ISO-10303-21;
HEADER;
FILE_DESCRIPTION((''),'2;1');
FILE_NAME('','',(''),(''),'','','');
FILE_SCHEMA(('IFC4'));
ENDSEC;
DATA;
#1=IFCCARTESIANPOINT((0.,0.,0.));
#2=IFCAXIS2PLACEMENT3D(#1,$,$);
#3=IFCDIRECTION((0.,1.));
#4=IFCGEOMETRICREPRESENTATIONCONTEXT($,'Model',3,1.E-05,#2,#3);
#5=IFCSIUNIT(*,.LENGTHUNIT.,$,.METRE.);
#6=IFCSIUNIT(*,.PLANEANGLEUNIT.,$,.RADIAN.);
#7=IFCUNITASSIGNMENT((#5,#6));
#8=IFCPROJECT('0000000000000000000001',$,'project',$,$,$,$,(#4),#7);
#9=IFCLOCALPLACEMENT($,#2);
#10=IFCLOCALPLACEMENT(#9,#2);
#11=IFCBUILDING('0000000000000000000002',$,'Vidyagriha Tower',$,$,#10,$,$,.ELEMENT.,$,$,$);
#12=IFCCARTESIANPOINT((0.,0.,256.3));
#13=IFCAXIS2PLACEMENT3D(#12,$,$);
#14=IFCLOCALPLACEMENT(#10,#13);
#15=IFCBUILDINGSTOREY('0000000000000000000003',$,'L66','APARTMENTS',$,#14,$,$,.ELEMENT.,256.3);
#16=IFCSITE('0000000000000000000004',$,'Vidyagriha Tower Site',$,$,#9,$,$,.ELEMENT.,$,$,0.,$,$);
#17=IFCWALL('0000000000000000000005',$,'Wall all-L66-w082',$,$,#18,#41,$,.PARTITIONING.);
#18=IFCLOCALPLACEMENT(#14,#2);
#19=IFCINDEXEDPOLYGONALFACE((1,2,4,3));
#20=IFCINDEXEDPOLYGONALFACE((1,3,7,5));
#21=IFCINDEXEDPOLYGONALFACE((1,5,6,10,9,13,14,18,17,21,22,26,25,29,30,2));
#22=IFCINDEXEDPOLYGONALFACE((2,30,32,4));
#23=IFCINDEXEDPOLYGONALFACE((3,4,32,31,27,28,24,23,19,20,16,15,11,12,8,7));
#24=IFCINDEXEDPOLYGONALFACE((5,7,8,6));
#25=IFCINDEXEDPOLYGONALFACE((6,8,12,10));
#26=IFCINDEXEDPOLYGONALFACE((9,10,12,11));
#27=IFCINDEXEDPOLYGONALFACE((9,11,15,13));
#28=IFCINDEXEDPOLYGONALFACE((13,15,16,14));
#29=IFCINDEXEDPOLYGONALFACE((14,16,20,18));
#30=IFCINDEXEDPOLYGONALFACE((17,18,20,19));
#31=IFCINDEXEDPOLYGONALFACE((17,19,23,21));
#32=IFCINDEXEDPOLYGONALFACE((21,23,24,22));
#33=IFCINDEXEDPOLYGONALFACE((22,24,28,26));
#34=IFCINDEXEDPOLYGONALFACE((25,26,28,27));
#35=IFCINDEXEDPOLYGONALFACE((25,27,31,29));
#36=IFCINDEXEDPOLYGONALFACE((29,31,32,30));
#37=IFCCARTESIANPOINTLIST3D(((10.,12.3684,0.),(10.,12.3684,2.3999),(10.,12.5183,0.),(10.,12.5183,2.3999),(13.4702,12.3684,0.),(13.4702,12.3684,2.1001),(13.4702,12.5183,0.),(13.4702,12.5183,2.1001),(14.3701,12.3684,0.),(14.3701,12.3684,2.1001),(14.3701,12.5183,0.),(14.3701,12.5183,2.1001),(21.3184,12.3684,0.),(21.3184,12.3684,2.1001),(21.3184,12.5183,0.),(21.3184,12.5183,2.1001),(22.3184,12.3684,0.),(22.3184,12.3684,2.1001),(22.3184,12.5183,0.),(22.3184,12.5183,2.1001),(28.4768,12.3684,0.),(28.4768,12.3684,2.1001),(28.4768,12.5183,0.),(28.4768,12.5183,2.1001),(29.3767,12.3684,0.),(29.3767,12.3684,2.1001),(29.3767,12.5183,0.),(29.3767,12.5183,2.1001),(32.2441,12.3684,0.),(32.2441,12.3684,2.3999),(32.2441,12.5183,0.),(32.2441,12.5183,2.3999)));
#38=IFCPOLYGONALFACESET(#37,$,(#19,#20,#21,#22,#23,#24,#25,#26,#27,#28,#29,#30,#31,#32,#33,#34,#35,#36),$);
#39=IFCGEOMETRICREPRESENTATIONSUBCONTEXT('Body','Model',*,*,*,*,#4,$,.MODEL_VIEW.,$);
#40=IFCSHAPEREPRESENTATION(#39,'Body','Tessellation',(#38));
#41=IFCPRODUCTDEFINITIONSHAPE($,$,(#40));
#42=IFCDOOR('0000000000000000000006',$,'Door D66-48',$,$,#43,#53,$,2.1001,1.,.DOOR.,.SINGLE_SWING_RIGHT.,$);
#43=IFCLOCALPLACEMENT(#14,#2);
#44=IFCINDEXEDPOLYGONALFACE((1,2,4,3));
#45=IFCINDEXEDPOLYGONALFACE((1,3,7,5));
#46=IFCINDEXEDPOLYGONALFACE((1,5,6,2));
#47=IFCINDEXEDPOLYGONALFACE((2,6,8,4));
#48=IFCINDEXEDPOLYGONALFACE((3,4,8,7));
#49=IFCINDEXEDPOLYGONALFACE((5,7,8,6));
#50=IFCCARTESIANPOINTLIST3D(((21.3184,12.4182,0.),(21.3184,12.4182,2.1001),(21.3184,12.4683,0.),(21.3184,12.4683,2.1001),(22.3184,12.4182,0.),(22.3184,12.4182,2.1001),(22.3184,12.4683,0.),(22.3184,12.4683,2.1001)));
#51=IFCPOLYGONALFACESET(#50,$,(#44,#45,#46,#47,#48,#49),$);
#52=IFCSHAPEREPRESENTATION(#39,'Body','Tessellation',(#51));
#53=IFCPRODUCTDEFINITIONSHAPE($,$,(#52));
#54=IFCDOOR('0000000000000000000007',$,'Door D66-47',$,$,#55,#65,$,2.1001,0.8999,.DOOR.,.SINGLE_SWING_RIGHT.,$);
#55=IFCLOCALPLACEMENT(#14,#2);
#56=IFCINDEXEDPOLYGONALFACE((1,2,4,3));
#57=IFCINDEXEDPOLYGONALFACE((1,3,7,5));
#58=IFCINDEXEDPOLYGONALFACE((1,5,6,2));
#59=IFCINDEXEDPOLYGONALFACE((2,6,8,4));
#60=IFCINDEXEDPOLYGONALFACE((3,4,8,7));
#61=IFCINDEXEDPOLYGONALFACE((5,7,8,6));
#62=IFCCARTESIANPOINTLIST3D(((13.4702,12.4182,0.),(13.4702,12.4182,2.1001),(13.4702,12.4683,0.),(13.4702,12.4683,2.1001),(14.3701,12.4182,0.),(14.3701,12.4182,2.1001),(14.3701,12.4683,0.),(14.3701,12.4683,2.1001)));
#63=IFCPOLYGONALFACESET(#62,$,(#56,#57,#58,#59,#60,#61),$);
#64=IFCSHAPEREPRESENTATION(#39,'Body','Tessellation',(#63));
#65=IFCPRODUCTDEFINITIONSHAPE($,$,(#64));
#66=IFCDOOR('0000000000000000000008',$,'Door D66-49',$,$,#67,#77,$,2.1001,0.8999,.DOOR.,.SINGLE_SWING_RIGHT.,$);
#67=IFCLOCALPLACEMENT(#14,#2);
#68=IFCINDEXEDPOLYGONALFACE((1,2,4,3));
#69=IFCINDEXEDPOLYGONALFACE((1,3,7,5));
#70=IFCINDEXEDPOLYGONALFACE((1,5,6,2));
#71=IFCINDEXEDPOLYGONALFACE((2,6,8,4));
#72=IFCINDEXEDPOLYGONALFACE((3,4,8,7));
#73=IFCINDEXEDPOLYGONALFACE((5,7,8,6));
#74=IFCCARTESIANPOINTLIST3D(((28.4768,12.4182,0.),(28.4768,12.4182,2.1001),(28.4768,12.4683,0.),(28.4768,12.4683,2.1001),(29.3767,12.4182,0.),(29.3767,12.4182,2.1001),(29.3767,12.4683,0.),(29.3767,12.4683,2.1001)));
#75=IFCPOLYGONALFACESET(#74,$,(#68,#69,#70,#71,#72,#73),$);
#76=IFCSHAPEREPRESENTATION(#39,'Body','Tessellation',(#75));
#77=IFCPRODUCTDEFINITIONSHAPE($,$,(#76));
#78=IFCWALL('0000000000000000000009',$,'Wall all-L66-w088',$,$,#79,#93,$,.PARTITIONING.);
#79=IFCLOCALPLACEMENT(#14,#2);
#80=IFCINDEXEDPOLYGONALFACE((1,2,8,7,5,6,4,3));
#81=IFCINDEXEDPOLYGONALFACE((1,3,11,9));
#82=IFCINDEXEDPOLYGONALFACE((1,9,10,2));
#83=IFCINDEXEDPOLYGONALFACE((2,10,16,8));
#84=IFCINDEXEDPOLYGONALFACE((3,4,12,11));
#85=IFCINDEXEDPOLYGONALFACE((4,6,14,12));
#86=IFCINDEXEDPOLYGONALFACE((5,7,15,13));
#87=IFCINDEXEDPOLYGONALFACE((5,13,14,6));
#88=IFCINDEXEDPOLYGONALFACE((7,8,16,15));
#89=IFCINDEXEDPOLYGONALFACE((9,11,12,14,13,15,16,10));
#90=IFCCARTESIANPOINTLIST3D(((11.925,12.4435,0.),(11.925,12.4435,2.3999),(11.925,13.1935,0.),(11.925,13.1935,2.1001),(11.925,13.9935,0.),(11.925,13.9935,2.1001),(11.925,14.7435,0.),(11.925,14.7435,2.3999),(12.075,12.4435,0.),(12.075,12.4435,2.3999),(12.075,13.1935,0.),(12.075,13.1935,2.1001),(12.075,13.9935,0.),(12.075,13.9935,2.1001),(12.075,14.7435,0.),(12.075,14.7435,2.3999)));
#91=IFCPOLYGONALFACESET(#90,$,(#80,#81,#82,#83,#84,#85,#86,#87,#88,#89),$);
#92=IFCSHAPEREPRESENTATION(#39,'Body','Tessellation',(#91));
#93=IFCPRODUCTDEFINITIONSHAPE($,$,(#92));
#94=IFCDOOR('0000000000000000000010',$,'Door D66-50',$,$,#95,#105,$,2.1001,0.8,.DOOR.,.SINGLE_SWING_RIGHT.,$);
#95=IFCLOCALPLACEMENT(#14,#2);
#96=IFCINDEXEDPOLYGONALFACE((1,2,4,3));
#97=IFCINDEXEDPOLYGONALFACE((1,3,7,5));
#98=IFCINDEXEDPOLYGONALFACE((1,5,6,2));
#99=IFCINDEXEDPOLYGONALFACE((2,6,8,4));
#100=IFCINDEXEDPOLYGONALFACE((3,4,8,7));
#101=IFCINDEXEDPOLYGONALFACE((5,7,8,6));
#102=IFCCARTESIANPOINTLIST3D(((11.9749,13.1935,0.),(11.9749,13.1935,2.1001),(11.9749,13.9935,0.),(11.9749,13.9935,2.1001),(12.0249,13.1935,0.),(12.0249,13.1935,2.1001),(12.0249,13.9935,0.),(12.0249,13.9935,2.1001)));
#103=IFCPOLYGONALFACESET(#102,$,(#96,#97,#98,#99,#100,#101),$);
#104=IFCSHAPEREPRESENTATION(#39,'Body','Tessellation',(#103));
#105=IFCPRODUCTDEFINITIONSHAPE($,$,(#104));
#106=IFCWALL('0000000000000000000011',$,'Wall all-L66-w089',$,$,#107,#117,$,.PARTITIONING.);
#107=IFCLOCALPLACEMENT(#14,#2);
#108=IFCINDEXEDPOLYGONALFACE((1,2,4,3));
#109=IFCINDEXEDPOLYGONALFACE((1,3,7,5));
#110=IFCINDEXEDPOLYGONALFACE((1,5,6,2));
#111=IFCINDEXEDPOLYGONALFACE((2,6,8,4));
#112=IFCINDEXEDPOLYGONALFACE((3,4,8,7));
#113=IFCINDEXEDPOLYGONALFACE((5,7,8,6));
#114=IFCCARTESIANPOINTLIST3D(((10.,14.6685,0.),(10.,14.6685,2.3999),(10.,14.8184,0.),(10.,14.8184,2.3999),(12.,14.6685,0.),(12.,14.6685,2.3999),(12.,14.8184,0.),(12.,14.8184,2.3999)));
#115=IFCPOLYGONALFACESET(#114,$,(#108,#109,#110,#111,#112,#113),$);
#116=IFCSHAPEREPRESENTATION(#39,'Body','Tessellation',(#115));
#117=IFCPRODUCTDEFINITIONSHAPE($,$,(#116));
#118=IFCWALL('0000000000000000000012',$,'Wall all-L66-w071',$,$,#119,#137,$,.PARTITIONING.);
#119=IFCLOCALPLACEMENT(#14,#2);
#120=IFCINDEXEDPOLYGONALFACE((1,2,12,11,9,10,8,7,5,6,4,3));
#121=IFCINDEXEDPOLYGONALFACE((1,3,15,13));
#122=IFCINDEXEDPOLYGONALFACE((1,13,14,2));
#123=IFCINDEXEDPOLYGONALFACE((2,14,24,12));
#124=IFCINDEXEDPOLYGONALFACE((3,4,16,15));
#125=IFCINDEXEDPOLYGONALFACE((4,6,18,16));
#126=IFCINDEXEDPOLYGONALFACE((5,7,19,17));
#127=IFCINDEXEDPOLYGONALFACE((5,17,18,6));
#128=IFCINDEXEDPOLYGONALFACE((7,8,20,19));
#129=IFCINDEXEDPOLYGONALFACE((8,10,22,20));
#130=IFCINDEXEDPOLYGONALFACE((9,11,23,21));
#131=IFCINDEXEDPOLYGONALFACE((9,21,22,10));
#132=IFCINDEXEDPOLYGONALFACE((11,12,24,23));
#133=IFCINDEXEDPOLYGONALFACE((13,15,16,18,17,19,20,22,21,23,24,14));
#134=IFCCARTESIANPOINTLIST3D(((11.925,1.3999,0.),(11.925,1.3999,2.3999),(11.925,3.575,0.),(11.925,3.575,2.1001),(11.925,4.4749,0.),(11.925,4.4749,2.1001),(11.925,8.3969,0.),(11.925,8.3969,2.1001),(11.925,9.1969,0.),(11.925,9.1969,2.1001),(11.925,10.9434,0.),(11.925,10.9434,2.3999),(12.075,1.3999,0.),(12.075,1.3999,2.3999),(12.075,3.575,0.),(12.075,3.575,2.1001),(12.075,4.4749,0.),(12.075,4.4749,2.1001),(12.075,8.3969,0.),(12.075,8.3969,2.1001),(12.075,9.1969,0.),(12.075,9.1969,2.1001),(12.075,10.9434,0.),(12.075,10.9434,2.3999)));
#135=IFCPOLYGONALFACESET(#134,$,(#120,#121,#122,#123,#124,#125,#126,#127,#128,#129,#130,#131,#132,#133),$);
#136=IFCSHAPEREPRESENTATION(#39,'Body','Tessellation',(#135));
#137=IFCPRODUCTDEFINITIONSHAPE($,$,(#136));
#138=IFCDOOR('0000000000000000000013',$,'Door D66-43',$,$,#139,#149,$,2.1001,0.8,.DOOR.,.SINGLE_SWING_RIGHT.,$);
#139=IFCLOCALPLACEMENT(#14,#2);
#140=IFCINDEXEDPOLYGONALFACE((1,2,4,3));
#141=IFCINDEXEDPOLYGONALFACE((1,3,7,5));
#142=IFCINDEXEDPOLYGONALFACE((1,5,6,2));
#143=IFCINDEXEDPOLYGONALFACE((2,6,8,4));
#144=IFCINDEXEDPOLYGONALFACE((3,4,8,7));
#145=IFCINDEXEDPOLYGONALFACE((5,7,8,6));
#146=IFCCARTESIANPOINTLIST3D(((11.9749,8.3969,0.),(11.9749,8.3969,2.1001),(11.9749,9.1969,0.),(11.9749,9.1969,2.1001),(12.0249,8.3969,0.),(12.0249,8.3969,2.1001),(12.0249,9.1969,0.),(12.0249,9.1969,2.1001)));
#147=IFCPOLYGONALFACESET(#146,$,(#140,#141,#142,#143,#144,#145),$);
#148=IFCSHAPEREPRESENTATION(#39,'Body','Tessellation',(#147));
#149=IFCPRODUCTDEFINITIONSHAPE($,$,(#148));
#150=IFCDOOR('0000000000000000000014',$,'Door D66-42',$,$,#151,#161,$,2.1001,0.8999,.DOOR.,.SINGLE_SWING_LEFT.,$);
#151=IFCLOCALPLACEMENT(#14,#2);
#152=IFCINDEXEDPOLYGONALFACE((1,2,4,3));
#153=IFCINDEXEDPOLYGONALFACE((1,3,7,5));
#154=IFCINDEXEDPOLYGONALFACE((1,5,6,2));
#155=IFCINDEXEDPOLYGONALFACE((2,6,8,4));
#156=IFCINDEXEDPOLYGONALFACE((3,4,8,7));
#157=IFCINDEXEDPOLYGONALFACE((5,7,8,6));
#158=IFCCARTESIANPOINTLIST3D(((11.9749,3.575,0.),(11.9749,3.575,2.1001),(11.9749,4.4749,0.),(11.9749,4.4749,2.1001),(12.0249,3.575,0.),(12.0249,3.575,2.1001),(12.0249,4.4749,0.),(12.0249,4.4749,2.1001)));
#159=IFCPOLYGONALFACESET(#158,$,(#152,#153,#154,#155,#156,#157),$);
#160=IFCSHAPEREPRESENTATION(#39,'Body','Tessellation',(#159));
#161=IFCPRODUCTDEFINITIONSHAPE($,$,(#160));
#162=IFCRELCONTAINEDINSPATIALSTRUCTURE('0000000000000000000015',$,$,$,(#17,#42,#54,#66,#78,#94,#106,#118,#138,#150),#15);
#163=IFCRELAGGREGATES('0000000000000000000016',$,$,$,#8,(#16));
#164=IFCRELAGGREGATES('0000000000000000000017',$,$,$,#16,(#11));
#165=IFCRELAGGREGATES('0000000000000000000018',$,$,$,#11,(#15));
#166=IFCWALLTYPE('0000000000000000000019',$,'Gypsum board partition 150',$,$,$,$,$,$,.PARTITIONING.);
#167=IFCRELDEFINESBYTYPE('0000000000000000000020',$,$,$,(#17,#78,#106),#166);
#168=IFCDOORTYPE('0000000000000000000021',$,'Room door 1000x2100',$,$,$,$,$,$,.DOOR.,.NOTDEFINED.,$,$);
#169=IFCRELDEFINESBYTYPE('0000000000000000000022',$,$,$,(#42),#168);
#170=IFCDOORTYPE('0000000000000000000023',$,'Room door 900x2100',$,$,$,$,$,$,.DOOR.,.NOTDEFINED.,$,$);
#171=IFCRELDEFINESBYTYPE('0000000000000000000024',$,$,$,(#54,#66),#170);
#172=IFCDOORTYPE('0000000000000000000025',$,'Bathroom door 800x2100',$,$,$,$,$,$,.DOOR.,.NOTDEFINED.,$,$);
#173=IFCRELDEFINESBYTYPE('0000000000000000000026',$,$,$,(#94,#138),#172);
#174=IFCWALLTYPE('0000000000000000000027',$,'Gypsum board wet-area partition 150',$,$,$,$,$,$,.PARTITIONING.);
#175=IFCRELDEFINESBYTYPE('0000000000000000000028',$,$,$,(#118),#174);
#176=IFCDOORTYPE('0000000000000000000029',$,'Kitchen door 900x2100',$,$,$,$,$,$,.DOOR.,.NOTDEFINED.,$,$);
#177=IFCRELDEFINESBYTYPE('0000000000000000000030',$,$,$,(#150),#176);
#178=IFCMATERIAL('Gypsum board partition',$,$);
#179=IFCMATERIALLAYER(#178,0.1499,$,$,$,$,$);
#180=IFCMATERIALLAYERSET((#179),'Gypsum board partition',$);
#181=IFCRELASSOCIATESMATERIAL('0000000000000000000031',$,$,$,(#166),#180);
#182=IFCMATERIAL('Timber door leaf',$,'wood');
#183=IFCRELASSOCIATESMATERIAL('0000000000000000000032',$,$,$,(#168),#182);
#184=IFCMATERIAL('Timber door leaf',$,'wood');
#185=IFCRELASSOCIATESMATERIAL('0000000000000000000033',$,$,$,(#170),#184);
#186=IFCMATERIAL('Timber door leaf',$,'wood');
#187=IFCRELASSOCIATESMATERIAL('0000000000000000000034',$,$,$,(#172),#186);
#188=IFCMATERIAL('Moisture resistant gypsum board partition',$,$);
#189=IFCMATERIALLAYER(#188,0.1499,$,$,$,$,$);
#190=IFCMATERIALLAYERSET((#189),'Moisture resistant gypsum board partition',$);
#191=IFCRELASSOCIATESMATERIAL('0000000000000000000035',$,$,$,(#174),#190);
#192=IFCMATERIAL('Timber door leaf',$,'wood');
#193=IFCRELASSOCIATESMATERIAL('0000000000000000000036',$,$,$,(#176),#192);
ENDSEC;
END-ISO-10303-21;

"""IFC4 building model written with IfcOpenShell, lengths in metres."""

from ifc_helpers import new_model, si_unit, direction, frame, frame_2d, origin, place, context, subcontext, project, spatial, rectangle, extrude, material, layer, layer_set, type_object, element, fill, save


model = new_model("IFC4")

# Units and contexts
model_context = context("Model", 3, precision=1e-05, world=origin(), true_north=direction((0.0, 1.0)))
body_context = subcontext(model_context, "Body", "Model", "MODEL_VIEW")
ifc_project = project(units=[si_unit("LENGTHUNIT", "METRE"), si_unit("PLANEANGLEUNIT", "RADIAN")], contexts=[model_context])

# Site, building, storey
site_placement = place(None, origin())
site = spatial("IfcSite", under=ifc_project, at=site_placement, Name="Vidyagriha Tower Site", CompositionType="ELEMENT", RefElevation=0.0)
building_placement = place(site_placement, origin())
building = spatial("IfcBuilding", under=site, at=building_placement, Name="Vidyagriha Tower", CompositionType="ELEMENT")
storey_placement = place(building_placement, frame((0.0, 0.0, 256.3)))
storey = spatial("IfcBuildingStorey", under=building, at=storey_placement, Name="L66", Description="APARTMENTS", CompositionType="ELEMENT", Elevation=256.3)

# Shared definitions
ifc_material_1 = material(Name="Gypsum board partition")
ifc_layer_1 = layer(ifc_material_1, 0.1499)
ifc_layer_set_1 = layer_set([ifc_layer_1], Name="Gypsum board partition")
wall_type_1 = type_object("IfcWallType", Name="Gypsum board partition 150", PredefinedType="PARTITIONING", material=ifc_layer_set_1)

# Wall, openings, doors
wall_1_placement = place(storey_placement, frame((10.0, 12.4434, 0.0)))
wall_1 = element("IfcWall", 1, at=wall_1_placement, inside=storey, type_object=wall_type_1, Name="Wall all-L66-w082", PredefinedType="PARTITIONING", context=body_context, shape_type="SweptSolid", body=[
    extrude(rectangle(XDim=22.2441, YDim=0.1499, at=frame_2d((11.1221, 0.0))), origin(), (0.0, 0.0, 1.0), 2.3999),
])
opening_1_placement = place(wall_1_placement, frame((3.4702, 0.0, 0.0)))
opening_1 = element("IfcOpeningElement", 2, at=opening_1_placement, cuts=wall_1, PredefinedType="OPENING", context=body_context, shape_type="SweptSolid", body=[
    extrude(rectangle(XDim=0.8999, YDim=2.1001, at=frame_2d((0.45, 1.05))), frame((0.0, 0.085, 0.0), z_axis=(0.0, -1.0, 0.0), x_axis=(1.0, 0.0, 0.0)), (0.0, 0.0, 1.0), 0.1699),
])
opening_2_placement = place(wall_1_placement, frame((11.3184, 0.0, 0.0)))
opening_2 = element("IfcOpeningElement", 3, at=opening_2_placement, cuts=wall_1, PredefinedType="OPENING", context=body_context, shape_type="SweptSolid", body=[
    extrude(rectangle(XDim=1.0, YDim=2.1001, at=frame_2d((0.5, 1.05))), frame((0.0, 0.085, 0.0), z_axis=(0.0, -1.0, 0.0), x_axis=(1.0, 0.0, 0.0)), (0.0, 0.0, 1.0), 0.1699),
])
opening_3_placement = place(wall_1_placement, frame((18.4768, 0.0, 0.0)))
opening_3 = element("IfcOpeningElement", 4, at=opening_3_placement, cuts=wall_1, PredefinedType="OPENING", context=body_context, shape_type="SweptSolid", body=[
    extrude(rectangle(XDim=0.8999, YDim=2.1001, at=frame_2d((0.45, 1.05))), frame((0.0, 0.085, 0.0), z_axis=(0.0, -1.0, 0.0), x_axis=(1.0, 0.0, 0.0)), (0.0, 0.0, 1.0), 0.1699),
])
ifc_material_2 = material(Name="Timber door leaf", Category="wood")
door_type_1 = type_object("IfcDoorType", Name="Room door 1000x2100", OperationType="NOTDEFINED", PredefinedType="DOOR", material=ifc_material_2)
door_1_placement = place(opening_2_placement, origin())
door_1 = element("IfcDoor", 5, at=door_1_placement, inside=storey, type_object=door_type_1, Name="Door D66-48", OperationType="SINGLE_SWING_RIGHT", OverallHeight=2.1001, OverallWidth=1.0, PredefinedType="DOOR", context=body_context, shape_type="SweptSolid", body=[
    extrude(rectangle(XDim=1.0, YDim=2.1001, at=frame_2d((0.5, 1.05))), frame((0.0, 0.0249, 0.0), z_axis=(0.0, -1.0, 0.0), x_axis=(1.0, 0.0, 0.0)), (0.0, 0.0, 1.0), 0.05),
])
fill(opening_2, door_1)
ifc_material_3 = material(Name="Timber door leaf", Category="wood")
door_type_2 = type_object("IfcDoorType", Name="Room door 900x2100", OperationType="NOTDEFINED", PredefinedType="DOOR", material=ifc_material_3)
door_2_placement = place(opening_1_placement, origin())
door_2 = element("IfcDoor", 6, at=door_2_placement, inside=storey, type_object=door_type_2, Name="Door D66-47", OperationType="SINGLE_SWING_RIGHT", OverallHeight=2.1001, OverallWidth=0.8999, PredefinedType="DOOR", context=body_context, shape_type="SweptSolid", body=[
    extrude(rectangle(XDim=0.8999, YDim=2.1001, at=frame_2d((0.45, 1.05))), frame((0.0, 0.0249, 0.0), z_axis=(0.0, -1.0, 0.0), x_axis=(1.0, 0.0, 0.0)), (0.0, 0.0, 1.0), 0.05),
])
fill(opening_1, door_2)
door_3_placement = place(opening_3_placement, origin())
door_3 = element("IfcDoor", 7, at=door_3_placement, inside=storey, type_object=door_type_2, Name="Door D66-49", OperationType="SINGLE_SWING_RIGHT", OverallHeight=2.1001, OverallWidth=0.8999, PredefinedType="DOOR", context=body_context, shape_type="SweptSolid", body=[
    extrude(rectangle(XDim=0.8999, YDim=2.1001, at=frame_2d((0.45, 1.05))), frame((0.0, 0.0249, 0.0), z_axis=(0.0, -1.0, 0.0), x_axis=(1.0, 0.0, 0.0)), (0.0, 0.0, 1.0), 0.05),
])
fill(opening_3, door_3)

# Wall, opening, door
wall_2_placement = place(storey_placement, frame((12.0, 14.7434, 0.0), z_axis=(0.0, 0.0, 1.0), x_axis=(0.0, -1.0, 0.0)))
wall_2 = element("IfcWall", 8, at=wall_2_placement, inside=storey, type_object=wall_type_1, Name="Wall all-L66-w088", PredefinedType="PARTITIONING", context=body_context, shape_type="SweptSolid", body=[
    extrude(rectangle(XDim=2.3, YDim=0.1499, at=frame_2d((1.1499, 0.0))), origin(), (0.0, 0.0, 1.0), 2.3999),
])
opening_4_placement = place(wall_2_placement, frame((0.75, 0.0, 0.0)))
opening_4 = element("IfcOpeningElement", 9, at=opening_4_placement, cuts=wall_2, PredefinedType="OPENING", context=body_context, shape_type="SweptSolid", body=[
    extrude(rectangle(XDim=0.8, YDim=2.1001, at=frame_2d((0.3999, 1.05))), frame((0.0, 0.085, 0.0), z_axis=(0.0, -1.0, 0.0), x_axis=(1.0, 0.0, 0.0)), (0.0, 0.0, 1.0), 0.1699),
])
ifc_material_4 = material(Name="Timber door leaf", Category="wood")
door_type_3 = type_object("IfcDoorType", Name="Bathroom door 800x2100", OperationType="NOTDEFINED", PredefinedType="DOOR", material=ifc_material_4)
door_4_placement = place(opening_4_placement, origin())
door_4 = element("IfcDoor", 10, at=door_4_placement, inside=storey, type_object=door_type_3, Name="Door D66-50", OperationType="SINGLE_SWING_RIGHT", OverallHeight=2.1001, OverallWidth=0.8, PredefinedType="DOOR", context=body_context, shape_type="SweptSolid", body=[
    extrude(rectangle(XDim=0.8, YDim=2.1001, at=frame_2d((0.3999, 1.05))), frame((0.0, 0.0249, 0.0), z_axis=(0.0, -1.0, 0.0), x_axis=(1.0, 0.0, 0.0)), (0.0, 0.0, 1.0), 0.05),
])
fill(opening_4, door_4)

# Wall
wall_3_placement = place(storey_placement, frame((10.0, 14.7434, 0.0)))
element("IfcWall", 11, at=wall_3_placement, inside=storey, type_object=wall_type_1, Name="Wall all-L66-w089", PredefinedType="PARTITIONING", context=body_context, shape_type="SweptSolid", body=[
    extrude(rectangle(XDim=2.0, YDim=0.1499, at=frame_2d((1.0, 0.0))), origin(), (0.0, 0.0, 1.0), 2.3999),
])

# Wall, openings, doors
ifc_material_5 = material(Name="Moisture resistant gypsum board partition")
ifc_layer_2 = layer(ifc_material_5, 0.1499)
ifc_layer_set_2 = layer_set([ifc_layer_2], Name="Moisture resistant gypsum board partition")
wall_type_2 = type_object("IfcWallType", Name="Gypsum board wet-area partition 150", PredefinedType="PARTITIONING", material=ifc_layer_set_2)
wall_4_placement = place(storey_placement, frame((12.0, 10.9434, 0.0), z_axis=(0.0, 0.0, 1.0), x_axis=(0.0, -1.0, 0.0)))
wall_4 = element("IfcWall", 12, at=wall_4_placement, inside=storey, type_object=wall_type_2, Name="Wall all-L66-w071", PredefinedType="PARTITIONING", context=body_context, shape_type="SweptSolid", body=[
    extrude(rectangle(XDim=9.5435, YDim=0.1499, at=frame_2d((4.7717, 0.0))), origin(), (0.0, 0.0, 1.0), 2.3999),
])
opening_5_placement = place(wall_4_placement, frame((6.4685, 0.0, 0.0)))
opening_5 = element("IfcOpeningElement", 13, at=opening_5_placement, cuts=wall_4, PredefinedType="OPENING", context=body_context, shape_type="SweptSolid", body=[
    extrude(rectangle(XDim=0.8999, YDim=2.1001, at=frame_2d((0.45, 1.05))), frame((0.0, 0.085, 0.0), z_axis=(0.0, -1.0, 0.0), x_axis=(1.0, 0.0, 0.0)), (0.0, 0.0, 1.0), 0.1699),
])
opening_6_placement = place(wall_4_placement, frame((1.7466, 0.0, 0.0)))
opening_6 = element("IfcOpeningElement", 14, at=opening_6_placement, cuts=wall_4, PredefinedType="OPENING", context=body_context, shape_type="SweptSolid", body=[
    extrude(rectangle(XDim=0.8, YDim=2.1001, at=frame_2d((0.3999, 1.05))), frame((0.0, 0.085, 0.0), z_axis=(0.0, -1.0, 0.0), x_axis=(1.0, 0.0, 0.0)), (0.0, 0.0, 1.0), 0.1699),
])
door_5_placement = place(opening_6_placement, origin())
door_5 = element("IfcDoor", 15, at=door_5_placement, inside=storey, type_object=door_type_3, Name="Door D66-43", OperationType="SINGLE_SWING_RIGHT", OverallHeight=2.1001, OverallWidth=0.8, PredefinedType="DOOR", context=body_context, shape_type="SweptSolid", body=[
    extrude(rectangle(XDim=0.8, YDim=2.1001, at=frame_2d((0.3999, 1.05))), frame((0.0, 0.0249, 0.0), z_axis=(0.0, -1.0, 0.0), x_axis=(1.0, 0.0, 0.0)), (0.0, 0.0, 1.0), 0.05),
])
fill(opening_6, door_5)
ifc_material_6 = material(Name="Timber door leaf", Category="wood")
door_type_4 = type_object("IfcDoorType", Name="Kitchen door 900x2100", OperationType="NOTDEFINED", PredefinedType="DOOR", material=ifc_material_6)
door_6_placement = place(opening_5_placement, origin())
door_6 = element("IfcDoor", 16, at=door_6_placement, inside=storey, type_object=door_type_4, Name="Door D66-42", OperationType="SINGLE_SWING_LEFT", OverallHeight=2.1001, OverallWidth=0.8999, PredefinedType="DOOR", context=body_context, shape_type="SweptSolid", body=[
    extrude(rectangle(XDim=0.8999, YDim=2.1001, at=frame_2d((0.45, 1.05))), frame((0.0, 0.0249, 0.0), z_axis=(0.0, -1.0, 0.0), x_axis=(1.0, 0.0, 0.0)), (0.0, 0.0, 1.0), 0.05),
])
fill(opening_5, door_6)

save(model, "model.ifc")
